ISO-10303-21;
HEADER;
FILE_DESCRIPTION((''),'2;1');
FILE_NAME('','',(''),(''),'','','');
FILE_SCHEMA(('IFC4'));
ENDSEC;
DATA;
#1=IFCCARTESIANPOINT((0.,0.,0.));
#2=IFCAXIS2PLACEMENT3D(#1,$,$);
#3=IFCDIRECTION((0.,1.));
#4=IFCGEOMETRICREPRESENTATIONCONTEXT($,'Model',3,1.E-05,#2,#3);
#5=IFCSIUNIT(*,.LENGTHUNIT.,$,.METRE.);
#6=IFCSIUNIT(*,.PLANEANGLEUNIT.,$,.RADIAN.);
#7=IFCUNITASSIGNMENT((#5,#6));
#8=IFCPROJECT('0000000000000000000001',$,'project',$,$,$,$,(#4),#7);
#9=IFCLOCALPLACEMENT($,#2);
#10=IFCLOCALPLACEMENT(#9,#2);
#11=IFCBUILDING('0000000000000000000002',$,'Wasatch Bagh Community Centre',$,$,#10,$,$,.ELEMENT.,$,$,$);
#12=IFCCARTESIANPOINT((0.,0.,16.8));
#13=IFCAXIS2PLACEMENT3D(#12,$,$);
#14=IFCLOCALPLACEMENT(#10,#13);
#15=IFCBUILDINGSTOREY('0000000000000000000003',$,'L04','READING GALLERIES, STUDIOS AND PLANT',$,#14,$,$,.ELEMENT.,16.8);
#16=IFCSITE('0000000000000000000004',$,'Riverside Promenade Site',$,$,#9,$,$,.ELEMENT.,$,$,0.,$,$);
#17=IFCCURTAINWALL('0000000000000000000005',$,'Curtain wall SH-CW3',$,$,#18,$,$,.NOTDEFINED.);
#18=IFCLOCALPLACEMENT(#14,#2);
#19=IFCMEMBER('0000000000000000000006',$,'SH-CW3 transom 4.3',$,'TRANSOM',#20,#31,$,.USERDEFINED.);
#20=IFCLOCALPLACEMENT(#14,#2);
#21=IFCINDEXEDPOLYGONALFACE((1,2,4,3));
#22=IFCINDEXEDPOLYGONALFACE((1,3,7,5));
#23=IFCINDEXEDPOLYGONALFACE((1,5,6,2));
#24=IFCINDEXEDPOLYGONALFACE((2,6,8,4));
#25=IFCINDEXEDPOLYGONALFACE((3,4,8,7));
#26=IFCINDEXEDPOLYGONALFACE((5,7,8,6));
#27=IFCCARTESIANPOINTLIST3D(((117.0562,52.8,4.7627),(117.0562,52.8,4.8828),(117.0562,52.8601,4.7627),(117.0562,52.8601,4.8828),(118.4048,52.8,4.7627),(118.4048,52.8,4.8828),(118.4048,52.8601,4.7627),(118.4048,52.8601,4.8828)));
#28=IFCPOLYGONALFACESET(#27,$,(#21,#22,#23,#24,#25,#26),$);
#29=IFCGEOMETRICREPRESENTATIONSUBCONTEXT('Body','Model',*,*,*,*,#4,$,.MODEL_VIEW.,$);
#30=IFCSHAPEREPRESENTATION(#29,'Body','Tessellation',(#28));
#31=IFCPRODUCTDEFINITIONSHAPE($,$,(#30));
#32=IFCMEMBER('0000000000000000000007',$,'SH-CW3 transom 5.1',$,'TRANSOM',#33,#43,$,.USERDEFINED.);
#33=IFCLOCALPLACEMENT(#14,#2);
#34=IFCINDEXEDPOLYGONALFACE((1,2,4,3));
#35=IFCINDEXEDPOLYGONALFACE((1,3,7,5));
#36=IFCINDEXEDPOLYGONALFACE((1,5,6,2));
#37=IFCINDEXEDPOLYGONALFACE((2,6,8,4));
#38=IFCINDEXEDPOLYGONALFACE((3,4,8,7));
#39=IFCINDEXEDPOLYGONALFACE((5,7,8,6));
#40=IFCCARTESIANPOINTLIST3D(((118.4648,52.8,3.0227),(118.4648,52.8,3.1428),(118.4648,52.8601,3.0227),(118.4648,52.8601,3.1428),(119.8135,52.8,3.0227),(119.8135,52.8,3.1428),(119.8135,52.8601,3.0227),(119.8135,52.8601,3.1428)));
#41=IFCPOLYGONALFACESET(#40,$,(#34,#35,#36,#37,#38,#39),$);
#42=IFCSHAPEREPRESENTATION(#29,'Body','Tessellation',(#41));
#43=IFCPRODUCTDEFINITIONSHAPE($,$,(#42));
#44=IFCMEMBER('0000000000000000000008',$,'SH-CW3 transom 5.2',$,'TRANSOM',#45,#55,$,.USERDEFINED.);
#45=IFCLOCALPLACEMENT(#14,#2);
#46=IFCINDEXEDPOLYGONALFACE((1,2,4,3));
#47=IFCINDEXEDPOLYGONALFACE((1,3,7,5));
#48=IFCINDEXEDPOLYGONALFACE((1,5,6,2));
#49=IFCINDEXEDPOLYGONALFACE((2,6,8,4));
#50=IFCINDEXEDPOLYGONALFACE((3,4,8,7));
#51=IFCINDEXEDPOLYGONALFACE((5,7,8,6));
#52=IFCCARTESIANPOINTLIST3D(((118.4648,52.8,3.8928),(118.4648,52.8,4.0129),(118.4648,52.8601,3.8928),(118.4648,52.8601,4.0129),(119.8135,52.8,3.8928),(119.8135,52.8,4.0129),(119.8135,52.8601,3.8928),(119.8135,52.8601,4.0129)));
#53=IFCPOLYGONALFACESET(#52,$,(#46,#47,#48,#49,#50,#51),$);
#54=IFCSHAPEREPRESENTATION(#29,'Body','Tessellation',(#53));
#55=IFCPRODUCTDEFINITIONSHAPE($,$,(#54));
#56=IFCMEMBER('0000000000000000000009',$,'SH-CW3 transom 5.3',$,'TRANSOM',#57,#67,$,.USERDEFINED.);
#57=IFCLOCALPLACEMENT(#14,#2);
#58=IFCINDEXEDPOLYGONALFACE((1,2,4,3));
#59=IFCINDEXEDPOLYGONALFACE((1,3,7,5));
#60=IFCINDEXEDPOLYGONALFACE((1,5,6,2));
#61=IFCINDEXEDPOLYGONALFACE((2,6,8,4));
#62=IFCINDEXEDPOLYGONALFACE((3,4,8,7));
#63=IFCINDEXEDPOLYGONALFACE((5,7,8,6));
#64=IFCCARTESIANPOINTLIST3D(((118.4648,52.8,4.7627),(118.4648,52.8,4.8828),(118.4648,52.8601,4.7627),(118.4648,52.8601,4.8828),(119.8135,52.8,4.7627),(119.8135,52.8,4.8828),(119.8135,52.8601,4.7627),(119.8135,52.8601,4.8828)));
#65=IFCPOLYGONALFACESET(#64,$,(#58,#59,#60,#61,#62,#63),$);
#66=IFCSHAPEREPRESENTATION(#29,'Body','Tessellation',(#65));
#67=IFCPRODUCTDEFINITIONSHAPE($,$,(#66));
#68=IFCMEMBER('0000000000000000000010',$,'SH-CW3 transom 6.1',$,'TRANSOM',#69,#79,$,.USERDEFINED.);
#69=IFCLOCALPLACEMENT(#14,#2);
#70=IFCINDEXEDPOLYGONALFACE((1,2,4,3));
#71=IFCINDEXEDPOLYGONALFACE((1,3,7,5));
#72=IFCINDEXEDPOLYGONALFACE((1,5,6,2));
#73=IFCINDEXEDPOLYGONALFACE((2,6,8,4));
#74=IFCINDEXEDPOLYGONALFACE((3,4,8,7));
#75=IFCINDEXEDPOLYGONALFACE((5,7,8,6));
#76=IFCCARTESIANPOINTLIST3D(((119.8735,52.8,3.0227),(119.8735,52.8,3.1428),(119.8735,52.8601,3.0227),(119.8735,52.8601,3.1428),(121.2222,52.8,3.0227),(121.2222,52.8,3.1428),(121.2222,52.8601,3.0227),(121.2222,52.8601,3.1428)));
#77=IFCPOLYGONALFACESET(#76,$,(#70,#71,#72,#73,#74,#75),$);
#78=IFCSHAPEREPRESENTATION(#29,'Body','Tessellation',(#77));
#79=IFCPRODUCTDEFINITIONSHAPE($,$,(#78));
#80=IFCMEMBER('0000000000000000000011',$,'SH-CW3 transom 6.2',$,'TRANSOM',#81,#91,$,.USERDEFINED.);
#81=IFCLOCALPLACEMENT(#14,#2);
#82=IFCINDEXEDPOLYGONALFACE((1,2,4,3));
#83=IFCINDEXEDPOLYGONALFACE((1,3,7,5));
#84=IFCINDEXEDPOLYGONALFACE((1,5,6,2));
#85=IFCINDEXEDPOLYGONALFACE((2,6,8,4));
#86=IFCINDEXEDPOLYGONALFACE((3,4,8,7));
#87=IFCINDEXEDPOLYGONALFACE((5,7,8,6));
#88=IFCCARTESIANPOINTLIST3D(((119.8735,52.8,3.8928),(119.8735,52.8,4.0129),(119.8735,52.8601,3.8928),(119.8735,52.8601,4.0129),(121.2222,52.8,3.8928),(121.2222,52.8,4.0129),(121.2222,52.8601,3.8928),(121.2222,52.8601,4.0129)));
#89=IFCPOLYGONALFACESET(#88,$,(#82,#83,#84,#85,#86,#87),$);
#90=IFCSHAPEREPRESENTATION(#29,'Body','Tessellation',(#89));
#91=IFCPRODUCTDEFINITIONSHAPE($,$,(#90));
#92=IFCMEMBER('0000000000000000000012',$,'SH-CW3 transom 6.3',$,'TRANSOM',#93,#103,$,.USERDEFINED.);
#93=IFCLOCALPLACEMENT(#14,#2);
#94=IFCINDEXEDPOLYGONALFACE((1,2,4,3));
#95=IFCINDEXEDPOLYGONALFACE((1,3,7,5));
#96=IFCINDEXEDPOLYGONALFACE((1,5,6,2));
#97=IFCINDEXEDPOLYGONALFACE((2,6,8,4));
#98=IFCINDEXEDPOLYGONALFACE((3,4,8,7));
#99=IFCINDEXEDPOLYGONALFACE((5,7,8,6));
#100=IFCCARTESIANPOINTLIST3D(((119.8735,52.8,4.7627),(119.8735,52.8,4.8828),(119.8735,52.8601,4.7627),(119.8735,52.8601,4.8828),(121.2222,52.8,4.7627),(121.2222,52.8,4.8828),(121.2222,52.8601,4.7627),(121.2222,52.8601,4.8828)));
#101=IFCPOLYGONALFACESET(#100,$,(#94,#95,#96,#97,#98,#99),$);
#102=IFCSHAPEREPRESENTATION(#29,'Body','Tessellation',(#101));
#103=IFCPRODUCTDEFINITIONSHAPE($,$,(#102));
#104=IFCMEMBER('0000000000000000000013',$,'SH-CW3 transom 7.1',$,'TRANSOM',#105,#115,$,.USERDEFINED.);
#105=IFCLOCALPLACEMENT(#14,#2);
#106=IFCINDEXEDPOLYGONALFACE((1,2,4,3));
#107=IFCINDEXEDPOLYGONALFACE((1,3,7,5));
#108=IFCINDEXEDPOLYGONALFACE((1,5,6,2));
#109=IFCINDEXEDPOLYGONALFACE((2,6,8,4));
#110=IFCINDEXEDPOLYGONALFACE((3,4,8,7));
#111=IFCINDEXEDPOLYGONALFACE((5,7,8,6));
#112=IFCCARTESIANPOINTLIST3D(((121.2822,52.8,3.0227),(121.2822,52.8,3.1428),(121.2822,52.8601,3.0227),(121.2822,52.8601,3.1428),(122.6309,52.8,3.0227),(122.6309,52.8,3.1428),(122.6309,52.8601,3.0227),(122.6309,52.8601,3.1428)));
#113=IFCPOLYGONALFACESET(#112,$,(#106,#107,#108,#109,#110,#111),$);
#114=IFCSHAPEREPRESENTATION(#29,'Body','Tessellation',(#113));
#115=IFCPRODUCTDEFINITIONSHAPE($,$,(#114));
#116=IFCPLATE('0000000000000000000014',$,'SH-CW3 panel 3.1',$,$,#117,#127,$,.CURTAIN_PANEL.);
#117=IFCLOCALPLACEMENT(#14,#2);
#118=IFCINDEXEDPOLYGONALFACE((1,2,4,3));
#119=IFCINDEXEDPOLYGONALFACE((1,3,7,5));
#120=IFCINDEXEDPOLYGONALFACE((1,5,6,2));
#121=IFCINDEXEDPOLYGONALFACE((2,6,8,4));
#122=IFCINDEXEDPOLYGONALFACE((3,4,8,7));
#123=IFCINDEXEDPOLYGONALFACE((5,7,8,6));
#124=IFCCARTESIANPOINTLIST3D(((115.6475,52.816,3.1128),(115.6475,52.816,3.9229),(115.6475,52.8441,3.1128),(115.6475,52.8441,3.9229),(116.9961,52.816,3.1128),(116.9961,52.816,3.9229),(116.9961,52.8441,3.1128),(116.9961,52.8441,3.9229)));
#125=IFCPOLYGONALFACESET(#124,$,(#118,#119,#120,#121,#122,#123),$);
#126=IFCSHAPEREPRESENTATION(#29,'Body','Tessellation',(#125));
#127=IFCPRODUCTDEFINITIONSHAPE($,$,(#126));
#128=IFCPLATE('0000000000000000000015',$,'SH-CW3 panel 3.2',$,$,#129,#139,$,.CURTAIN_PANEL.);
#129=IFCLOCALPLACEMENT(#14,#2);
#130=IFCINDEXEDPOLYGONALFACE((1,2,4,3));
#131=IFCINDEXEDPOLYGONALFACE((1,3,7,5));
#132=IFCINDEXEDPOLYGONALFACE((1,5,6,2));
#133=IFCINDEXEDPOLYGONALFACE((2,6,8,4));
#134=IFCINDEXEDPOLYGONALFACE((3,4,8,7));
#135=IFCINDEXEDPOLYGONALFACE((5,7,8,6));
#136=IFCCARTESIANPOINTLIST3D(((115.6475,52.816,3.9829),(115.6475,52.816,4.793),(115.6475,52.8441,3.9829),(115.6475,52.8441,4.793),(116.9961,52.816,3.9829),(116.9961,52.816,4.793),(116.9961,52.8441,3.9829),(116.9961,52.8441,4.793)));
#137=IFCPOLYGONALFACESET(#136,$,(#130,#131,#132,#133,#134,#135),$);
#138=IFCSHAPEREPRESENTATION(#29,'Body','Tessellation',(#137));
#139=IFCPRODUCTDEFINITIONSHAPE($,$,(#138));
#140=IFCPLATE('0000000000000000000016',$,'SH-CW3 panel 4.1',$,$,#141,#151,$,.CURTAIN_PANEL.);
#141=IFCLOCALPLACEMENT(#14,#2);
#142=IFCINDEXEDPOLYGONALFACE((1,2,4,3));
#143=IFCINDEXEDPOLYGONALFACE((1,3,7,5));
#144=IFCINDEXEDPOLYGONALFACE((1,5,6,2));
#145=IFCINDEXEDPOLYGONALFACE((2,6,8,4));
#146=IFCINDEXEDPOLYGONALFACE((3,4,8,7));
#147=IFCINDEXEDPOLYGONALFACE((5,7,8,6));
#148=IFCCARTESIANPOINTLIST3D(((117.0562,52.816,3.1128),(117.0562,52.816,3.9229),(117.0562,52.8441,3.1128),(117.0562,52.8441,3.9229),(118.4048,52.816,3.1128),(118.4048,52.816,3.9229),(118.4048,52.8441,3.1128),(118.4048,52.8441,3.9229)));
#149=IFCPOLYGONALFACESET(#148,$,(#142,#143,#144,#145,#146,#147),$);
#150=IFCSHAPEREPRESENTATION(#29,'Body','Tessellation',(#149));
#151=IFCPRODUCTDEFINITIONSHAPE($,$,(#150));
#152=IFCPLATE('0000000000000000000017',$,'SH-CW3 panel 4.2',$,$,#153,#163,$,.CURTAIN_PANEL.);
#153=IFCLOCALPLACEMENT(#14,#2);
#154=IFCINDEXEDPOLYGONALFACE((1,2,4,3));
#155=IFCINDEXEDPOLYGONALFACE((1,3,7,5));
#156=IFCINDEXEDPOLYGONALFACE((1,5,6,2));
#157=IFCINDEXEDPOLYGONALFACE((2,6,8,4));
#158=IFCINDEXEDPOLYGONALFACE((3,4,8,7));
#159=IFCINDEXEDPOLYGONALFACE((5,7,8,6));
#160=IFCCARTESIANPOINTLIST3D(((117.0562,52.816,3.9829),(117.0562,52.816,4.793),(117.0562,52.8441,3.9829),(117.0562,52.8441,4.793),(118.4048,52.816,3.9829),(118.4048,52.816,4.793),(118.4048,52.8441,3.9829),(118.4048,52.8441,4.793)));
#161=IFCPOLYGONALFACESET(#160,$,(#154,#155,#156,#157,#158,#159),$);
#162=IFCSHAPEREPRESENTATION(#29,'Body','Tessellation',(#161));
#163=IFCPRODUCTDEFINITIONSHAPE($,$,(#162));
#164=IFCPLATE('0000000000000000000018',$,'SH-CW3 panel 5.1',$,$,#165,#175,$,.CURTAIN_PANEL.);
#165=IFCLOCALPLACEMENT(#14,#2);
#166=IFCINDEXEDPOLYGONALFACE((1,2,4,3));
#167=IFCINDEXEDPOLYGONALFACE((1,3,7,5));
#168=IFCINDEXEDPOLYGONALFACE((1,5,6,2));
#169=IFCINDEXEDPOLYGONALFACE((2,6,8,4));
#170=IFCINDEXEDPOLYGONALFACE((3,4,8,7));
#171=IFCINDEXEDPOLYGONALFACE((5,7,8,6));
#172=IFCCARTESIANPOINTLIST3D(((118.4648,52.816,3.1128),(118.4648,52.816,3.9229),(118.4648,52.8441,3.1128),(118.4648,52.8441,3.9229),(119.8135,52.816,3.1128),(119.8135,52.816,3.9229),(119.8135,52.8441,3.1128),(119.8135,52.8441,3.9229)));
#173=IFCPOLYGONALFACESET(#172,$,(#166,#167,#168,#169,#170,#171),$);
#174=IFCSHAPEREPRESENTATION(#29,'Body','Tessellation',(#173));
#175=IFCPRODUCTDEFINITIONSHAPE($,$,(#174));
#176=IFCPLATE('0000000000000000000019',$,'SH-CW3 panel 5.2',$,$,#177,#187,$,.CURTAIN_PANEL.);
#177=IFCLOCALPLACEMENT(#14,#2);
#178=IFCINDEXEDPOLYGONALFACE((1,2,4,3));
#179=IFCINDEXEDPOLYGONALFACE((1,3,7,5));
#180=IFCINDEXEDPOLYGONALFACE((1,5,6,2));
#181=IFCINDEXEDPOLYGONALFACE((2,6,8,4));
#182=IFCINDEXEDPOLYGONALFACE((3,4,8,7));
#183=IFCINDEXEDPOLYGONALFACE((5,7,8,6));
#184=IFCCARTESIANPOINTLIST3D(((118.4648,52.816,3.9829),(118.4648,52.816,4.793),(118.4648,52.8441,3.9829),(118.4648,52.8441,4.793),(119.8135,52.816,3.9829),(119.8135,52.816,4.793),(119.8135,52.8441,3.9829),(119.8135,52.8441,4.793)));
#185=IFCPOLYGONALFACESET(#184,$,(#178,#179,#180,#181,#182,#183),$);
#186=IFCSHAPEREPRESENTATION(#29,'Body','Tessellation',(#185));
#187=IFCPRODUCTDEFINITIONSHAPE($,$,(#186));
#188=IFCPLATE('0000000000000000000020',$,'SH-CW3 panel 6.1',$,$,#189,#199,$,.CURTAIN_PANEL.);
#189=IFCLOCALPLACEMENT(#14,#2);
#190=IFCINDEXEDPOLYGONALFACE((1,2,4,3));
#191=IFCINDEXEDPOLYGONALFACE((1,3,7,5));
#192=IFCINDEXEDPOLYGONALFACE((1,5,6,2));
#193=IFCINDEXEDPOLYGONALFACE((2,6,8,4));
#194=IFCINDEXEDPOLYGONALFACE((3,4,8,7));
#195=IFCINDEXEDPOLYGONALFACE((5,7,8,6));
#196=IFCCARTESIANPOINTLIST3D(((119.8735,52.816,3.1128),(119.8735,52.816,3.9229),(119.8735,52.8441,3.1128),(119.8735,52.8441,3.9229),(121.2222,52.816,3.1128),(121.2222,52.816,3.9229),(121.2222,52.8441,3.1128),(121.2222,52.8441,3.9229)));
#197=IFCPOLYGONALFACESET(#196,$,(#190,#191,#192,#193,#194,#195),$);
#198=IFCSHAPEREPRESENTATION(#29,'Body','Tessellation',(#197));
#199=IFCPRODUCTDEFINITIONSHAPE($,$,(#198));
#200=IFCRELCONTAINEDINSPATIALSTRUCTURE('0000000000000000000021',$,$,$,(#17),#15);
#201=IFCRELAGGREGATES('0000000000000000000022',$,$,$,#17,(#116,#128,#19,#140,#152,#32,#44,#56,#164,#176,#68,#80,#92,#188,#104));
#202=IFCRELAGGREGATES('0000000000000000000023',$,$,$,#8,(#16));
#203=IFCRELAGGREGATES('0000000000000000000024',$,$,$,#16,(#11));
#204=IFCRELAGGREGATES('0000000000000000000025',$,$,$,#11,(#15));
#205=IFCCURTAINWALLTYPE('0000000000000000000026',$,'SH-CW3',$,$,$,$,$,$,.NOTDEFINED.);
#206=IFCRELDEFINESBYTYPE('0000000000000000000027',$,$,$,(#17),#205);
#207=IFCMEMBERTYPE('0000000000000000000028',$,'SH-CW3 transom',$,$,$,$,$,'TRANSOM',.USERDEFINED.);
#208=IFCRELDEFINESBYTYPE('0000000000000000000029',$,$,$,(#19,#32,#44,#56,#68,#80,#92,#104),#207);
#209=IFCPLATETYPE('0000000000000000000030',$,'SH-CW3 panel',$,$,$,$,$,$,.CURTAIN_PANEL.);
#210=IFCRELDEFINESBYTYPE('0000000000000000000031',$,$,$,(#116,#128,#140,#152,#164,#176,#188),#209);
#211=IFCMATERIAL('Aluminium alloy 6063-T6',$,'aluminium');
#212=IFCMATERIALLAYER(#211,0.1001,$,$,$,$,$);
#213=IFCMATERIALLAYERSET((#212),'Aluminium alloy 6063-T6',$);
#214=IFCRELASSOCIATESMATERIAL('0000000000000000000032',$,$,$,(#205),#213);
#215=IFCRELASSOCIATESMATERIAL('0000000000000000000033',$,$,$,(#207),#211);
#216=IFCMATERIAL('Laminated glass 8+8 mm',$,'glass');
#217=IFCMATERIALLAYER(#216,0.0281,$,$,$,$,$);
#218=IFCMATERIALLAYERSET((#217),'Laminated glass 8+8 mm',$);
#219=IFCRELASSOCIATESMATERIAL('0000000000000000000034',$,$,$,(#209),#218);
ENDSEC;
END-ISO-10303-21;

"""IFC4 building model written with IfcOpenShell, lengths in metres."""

from ifc_helpers import new_model, si_unit, direction, frame, origin, origin_2d, place, context, subcontext, project, spatial, rectangle, extrude, material, layer, layer_set, material_profile, profile_set, type_object, element, aggregate, save


model = new_model("IFC4")

# Units and contexts
model_context = context("Model", 3, precision=1e-05, world=origin(), true_north=direction((0.0, 1.0)))
body_context = subcontext(model_context, "Body", "Model", "MODEL_VIEW")
ifc_project = project(units=[si_unit("LENGTHUNIT", "METRE"), si_unit("PLANEANGLEUNIT", "RADIAN")], contexts=[model_context])

# Site, building, storey
site_placement = place(None, origin())
site = spatial("IfcSite", under=ifc_project, at=site_placement, Name="Riverside Promenade Site", CompositionType="ELEMENT", RefElevation=0.0)
building_placement = place(site_placement, origin())
building = spatial("IfcBuilding", under=site, at=building_placement, Name="Wasatch Bagh Community Centre", CompositionType="ELEMENT")
storey_placement = place(building_placement, frame((0.0, 0.0, 16.8)))
storey = spatial("IfcBuildingStorey", under=building, at=storey_placement, Name="L04", Description="READING GALLERIES, STUDIOS AND PLANT", CompositionType="ELEMENT", Elevation=16.8)

# Curtain wall, members, plates
ifc_material_1 = material(Name="Aluminium alloy 6063-T6", Category="aluminium")
ifc_layer_1 = layer(ifc_material_1, 0.1001)
ifc_layer_set_1 = layer_set([ifc_layer_1], Name="Aluminium alloy 6063-T6")
curtain_wall_type = type_object("IfcCurtainWallType", Name="SH-CW3", PredefinedType="NOTDEFINED", material=ifc_layer_set_1)
curtain_wall_placement = place(storey_placement, origin())
curtain_wall = element("IfcCurtainWall", 1, at=curtain_wall_placement, inside=storey, type_object=curtain_wall_type, Name="Curtain wall SH-CW3", PredefinedType="NOTDEFINED")
ifc_material_profile_1 = material_profile(ifc_material_1, rectangle(XDim=0.0601, YDim=0.1201, at=origin_2d()), Name="AL 60x120")
ifc_profile_set_1 = profile_set([ifc_material_profile_1], Name="Aluminium alloy 6063-T6")
member_type_1 = type_object("IfcMemberType", Name="SH-CW3 transom", ElementType="TRANSOM", PredefinedType="USERDEFINED", material=ifc_profile_set_1)
member_1_placement = place(storey_placement, frame((117.0562, 52.8301, 4.8228), z_axis=(1.0, 0.0, 0.0), x_axis=(0.0, 1.0, 0.0)))
member_1 = element("IfcMember", 2, at=member_1_placement, type_object=member_type_1, Name="SH-CW3 transom 4.3", ObjectType="TRANSOM", PredefinedType="USERDEFINED", context=body_context, shape_type="SweptSolid", body=[
    extrude(rectangle(XDim=0.0601, YDim=0.1201, at=origin_2d()), origin(), (0.0, 0.0, 1.0), 1.3486),
])
member_2_placement = place(storey_placement, frame((118.4648, 52.8301, 3.0828), z_axis=(1.0, 0.0, 0.0), x_axis=(0.0, 1.0, 0.0)))
member_2 = element("IfcMember", 3, at=member_2_placement, type_object=member_type_1, Name="SH-CW3 transom 5.1", ObjectType="TRANSOM", PredefinedType="USERDEFINED", context=body_context, shape_type="SweptSolid", body=[
    extrude(rectangle(XDim=0.0601, YDim=0.1201, at=origin_2d()), origin(), (0.0, 0.0, 1.0), 1.3486),
])
member_3_placement = place(storey_placement, frame((118.4648, 52.8301, 3.9529), z_axis=(1.0, 0.0, 0.0), x_axis=(0.0, 1.0, 0.0)))
member_3 = element("IfcMember", 4, at=member_3_placement, type_object=member_type_1, Name="SH-CW3 transom 5.2", ObjectType="TRANSOM", PredefinedType="USERDEFINED", context=body_context, shape_type="SweptSolid", body=[
    extrude(rectangle(XDim=0.0601, YDim=0.1201, at=origin_2d()), origin(), (0.0, 0.0, 1.0), 1.3486),
])
member_4_placement = place(storey_placement, frame((118.4648, 52.8301, 4.8228), z_axis=(1.0, 0.0, 0.0), x_axis=(0.0, 1.0, 0.0)))
member_4 = element("IfcMember", 5, at=member_4_placement, type_object=member_type_1, Name="SH-CW3 transom 5.3", ObjectType="TRANSOM", PredefinedType="USERDEFINED", context=body_context, shape_type="SweptSolid", body=[
    extrude(rectangle(XDim=0.0601, YDim=0.1201, at=origin_2d()), origin(), (0.0, 0.0, 1.0), 1.3486),
])
member_5_placement = place(storey_placement, frame((119.8735, 52.8301, 3.0828), z_axis=(1.0, 0.0, 0.0), x_axis=(0.0, 1.0, 0.0)))
member_5 = element("IfcMember", 6, at=member_5_placement, type_object=member_type_1, Name="SH-CW3 transom 6.1", ObjectType="TRANSOM", PredefinedType="USERDEFINED", context=body_context, shape_type="SweptSolid", body=[
    extrude(rectangle(XDim=0.0601, YDim=0.1201, at=origin_2d()), origin(), (0.0, 0.0, 1.0), 1.3486),
])
member_6_placement = place(storey_placement, frame((119.8735, 52.8301, 3.9529), z_axis=(1.0, 0.0, 0.0), x_axis=(0.0, 1.0, 0.0)))
member_6 = element("IfcMember", 7, at=member_6_placement, type_object=member_type_1, Name="SH-CW3 transom 6.2", ObjectType="TRANSOM", PredefinedType="USERDEFINED", context=body_context, shape_type="SweptSolid", body=[
    extrude(rectangle(XDim=0.0601, YDim=0.1201, at=origin_2d()), origin(), (0.0, 0.0, 1.0), 1.3486),
])
member_7_placement = place(storey_placement, frame((119.8735, 52.8301, 4.8228), z_axis=(1.0, 0.0, 0.0), x_axis=(0.0, 1.0, 0.0)))
member_7 = element("IfcMember", 8, at=member_7_placement, type_object=member_type_1, Name="SH-CW3 transom 6.3", ObjectType="TRANSOM", PredefinedType="USERDEFINED", context=body_context, shape_type="SweptSolid", body=[
    extrude(rectangle(XDim=0.0601, YDim=0.1201, at=origin_2d()), origin(), (0.0, 0.0, 1.0), 1.3486),
])
member_8_placement = place(storey_placement, frame((121.2822, 52.8301, 3.0828), z_axis=(1.0, 0.0, 0.0), x_axis=(0.0, 1.0, 0.0)))
member_8 = element("IfcMember", 9, at=member_8_placement, type_object=member_type_1, Name="SH-CW3 transom 7.1", ObjectType="TRANSOM", PredefinedType="USERDEFINED", context=body_context, shape_type="SweptSolid", body=[
    extrude(rectangle(XDim=0.0601, YDim=0.1201, at=origin_2d()), origin(), (0.0, 0.0, 1.0), 1.3486),
])
ifc_material_2 = material(Name="Laminated glass 8+8 mm", Category="glass")
ifc_layer_2 = layer(ifc_material_2, 0.0281)
ifc_layer_set_2 = layer_set([ifc_layer_2], Name="Laminated glass 8+8 mm")
plate_type = type_object("IfcPlateType", Name="SH-CW3 panel", PredefinedType="CURTAIN_PANEL", material=ifc_layer_set_2)
plate_1_placement = place(storey_placement, frame((116.3218, 52.8301, 3.1128), z_axis=(0.0, 0.0, 1.0), x_axis=(1.0, 0.0, 0.0)))
plate_1 = element("IfcPlate", 10, at=plate_1_placement, type_object=plate_type, Name="SH-CW3 panel 3.1", PredefinedType="CURTAIN_PANEL", context=body_context, shape_type="SweptSolid", body=[
    extrude(rectangle(XDim=1.3486, YDim=0.0281, at=origin_2d()), origin(), (0.0, 0.0, 1.0), 0.8101),
])
plate_2_placement = place(storey_placement, frame((116.3218, 52.8301, 3.9829), z_axis=(0.0, 0.0, 1.0), x_axis=(1.0, 0.0, 0.0)))
plate_2 = element("IfcPlate", 11, at=plate_2_placement, type_object=plate_type, Name="SH-CW3 panel 3.2", PredefinedType="CURTAIN_PANEL", context=body_context, shape_type="SweptSolid", body=[
    extrude(rectangle(XDim=1.3486, YDim=0.0281, at=origin_2d()), origin(), (0.0, 0.0, 1.0), 0.8101),
])
plate_3_placement = place(storey_placement, frame((117.7305, 52.8301, 3.1128), z_axis=(0.0, 0.0, 1.0), x_axis=(1.0, 0.0, 0.0)))
plate_3 = element("IfcPlate", 12, at=plate_3_placement, type_object=plate_type, Name="SH-CW3 panel 4.1", PredefinedType="CURTAIN_PANEL", context=body_context, shape_type="SweptSolid", body=[
    extrude(rectangle(XDim=1.3486, YDim=0.0281, at=origin_2d()), origin(), (0.0, 0.0, 1.0), 0.8101),
])
plate_4_placement = place(storey_placement, frame((117.7305, 52.8301, 3.9829), z_axis=(0.0, 0.0, 1.0), x_axis=(1.0, 0.0, 0.0)))
plate_4 = element("IfcPlate", 13, at=plate_4_placement, type_object=plate_type, Name="SH-CW3 panel 4.2", PredefinedType="CURTAIN_PANEL", context=body_context, shape_type="SweptSolid", body=[
    extrude(rectangle(XDim=1.3486, YDim=0.0281, at=origin_2d()), origin(), (0.0, 0.0, 1.0), 0.8101),
])
plate_5_placement = place(storey_placement, frame((119.1392, 52.8301, 3.1128), z_axis=(0.0, 0.0, 1.0), x_axis=(1.0, 0.0, 0.0)))
plate_5 = element("IfcPlate", 14, at=plate_5_placement, type_object=plate_type, Name="SH-CW3 panel 5.1", PredefinedType="CURTAIN_PANEL", context=body_context, shape_type="SweptSolid", body=[
    extrude(rectangle(XDim=1.3486, YDim=0.0281, at=origin_2d()), origin(), (0.0, 0.0, 1.0), 0.8101),
])
plate_6_placement = place(storey_placement, frame((119.1392, 52.8301, 3.9829), z_axis=(0.0, 0.0, 1.0), x_axis=(1.0, 0.0, 0.0)))
plate_6 = element("IfcPlate", 15, at=plate_6_placement, type_object=plate_type, Name="SH-CW3 panel 5.2", PredefinedType="CURTAIN_PANEL", context=body_context, shape_type="SweptSolid", body=[
    extrude(rectangle(XDim=1.3486, YDim=0.0281, at=origin_2d()), origin(), (0.0, 0.0, 1.0), 0.8101),
])
plate_7_placement = place(storey_placement, frame((120.5479, 52.8301, 3.1128), z_axis=(0.0, 0.0, 1.0), x_axis=(1.0, 0.0, 0.0)))
plate_7 = element("IfcPlate", 16, at=plate_7_placement, type_object=plate_type, Name="SH-CW3 panel 6.1", PredefinedType="CURTAIN_PANEL", context=body_context, shape_type="SweptSolid", body=[
    extrude(rectangle(XDim=1.3486, YDim=0.0281, at=origin_2d()), origin(), (0.0, 0.0, 1.0), 0.8101),
])
aggregate(curtain_wall, [plate_1, plate_2, member_1, plate_3, plate_4, member_2, member_3, member_4, plate_5, plate_6, member_5, member_6, member_7, plate_7, member_8])

save(model, "model.ifc")
